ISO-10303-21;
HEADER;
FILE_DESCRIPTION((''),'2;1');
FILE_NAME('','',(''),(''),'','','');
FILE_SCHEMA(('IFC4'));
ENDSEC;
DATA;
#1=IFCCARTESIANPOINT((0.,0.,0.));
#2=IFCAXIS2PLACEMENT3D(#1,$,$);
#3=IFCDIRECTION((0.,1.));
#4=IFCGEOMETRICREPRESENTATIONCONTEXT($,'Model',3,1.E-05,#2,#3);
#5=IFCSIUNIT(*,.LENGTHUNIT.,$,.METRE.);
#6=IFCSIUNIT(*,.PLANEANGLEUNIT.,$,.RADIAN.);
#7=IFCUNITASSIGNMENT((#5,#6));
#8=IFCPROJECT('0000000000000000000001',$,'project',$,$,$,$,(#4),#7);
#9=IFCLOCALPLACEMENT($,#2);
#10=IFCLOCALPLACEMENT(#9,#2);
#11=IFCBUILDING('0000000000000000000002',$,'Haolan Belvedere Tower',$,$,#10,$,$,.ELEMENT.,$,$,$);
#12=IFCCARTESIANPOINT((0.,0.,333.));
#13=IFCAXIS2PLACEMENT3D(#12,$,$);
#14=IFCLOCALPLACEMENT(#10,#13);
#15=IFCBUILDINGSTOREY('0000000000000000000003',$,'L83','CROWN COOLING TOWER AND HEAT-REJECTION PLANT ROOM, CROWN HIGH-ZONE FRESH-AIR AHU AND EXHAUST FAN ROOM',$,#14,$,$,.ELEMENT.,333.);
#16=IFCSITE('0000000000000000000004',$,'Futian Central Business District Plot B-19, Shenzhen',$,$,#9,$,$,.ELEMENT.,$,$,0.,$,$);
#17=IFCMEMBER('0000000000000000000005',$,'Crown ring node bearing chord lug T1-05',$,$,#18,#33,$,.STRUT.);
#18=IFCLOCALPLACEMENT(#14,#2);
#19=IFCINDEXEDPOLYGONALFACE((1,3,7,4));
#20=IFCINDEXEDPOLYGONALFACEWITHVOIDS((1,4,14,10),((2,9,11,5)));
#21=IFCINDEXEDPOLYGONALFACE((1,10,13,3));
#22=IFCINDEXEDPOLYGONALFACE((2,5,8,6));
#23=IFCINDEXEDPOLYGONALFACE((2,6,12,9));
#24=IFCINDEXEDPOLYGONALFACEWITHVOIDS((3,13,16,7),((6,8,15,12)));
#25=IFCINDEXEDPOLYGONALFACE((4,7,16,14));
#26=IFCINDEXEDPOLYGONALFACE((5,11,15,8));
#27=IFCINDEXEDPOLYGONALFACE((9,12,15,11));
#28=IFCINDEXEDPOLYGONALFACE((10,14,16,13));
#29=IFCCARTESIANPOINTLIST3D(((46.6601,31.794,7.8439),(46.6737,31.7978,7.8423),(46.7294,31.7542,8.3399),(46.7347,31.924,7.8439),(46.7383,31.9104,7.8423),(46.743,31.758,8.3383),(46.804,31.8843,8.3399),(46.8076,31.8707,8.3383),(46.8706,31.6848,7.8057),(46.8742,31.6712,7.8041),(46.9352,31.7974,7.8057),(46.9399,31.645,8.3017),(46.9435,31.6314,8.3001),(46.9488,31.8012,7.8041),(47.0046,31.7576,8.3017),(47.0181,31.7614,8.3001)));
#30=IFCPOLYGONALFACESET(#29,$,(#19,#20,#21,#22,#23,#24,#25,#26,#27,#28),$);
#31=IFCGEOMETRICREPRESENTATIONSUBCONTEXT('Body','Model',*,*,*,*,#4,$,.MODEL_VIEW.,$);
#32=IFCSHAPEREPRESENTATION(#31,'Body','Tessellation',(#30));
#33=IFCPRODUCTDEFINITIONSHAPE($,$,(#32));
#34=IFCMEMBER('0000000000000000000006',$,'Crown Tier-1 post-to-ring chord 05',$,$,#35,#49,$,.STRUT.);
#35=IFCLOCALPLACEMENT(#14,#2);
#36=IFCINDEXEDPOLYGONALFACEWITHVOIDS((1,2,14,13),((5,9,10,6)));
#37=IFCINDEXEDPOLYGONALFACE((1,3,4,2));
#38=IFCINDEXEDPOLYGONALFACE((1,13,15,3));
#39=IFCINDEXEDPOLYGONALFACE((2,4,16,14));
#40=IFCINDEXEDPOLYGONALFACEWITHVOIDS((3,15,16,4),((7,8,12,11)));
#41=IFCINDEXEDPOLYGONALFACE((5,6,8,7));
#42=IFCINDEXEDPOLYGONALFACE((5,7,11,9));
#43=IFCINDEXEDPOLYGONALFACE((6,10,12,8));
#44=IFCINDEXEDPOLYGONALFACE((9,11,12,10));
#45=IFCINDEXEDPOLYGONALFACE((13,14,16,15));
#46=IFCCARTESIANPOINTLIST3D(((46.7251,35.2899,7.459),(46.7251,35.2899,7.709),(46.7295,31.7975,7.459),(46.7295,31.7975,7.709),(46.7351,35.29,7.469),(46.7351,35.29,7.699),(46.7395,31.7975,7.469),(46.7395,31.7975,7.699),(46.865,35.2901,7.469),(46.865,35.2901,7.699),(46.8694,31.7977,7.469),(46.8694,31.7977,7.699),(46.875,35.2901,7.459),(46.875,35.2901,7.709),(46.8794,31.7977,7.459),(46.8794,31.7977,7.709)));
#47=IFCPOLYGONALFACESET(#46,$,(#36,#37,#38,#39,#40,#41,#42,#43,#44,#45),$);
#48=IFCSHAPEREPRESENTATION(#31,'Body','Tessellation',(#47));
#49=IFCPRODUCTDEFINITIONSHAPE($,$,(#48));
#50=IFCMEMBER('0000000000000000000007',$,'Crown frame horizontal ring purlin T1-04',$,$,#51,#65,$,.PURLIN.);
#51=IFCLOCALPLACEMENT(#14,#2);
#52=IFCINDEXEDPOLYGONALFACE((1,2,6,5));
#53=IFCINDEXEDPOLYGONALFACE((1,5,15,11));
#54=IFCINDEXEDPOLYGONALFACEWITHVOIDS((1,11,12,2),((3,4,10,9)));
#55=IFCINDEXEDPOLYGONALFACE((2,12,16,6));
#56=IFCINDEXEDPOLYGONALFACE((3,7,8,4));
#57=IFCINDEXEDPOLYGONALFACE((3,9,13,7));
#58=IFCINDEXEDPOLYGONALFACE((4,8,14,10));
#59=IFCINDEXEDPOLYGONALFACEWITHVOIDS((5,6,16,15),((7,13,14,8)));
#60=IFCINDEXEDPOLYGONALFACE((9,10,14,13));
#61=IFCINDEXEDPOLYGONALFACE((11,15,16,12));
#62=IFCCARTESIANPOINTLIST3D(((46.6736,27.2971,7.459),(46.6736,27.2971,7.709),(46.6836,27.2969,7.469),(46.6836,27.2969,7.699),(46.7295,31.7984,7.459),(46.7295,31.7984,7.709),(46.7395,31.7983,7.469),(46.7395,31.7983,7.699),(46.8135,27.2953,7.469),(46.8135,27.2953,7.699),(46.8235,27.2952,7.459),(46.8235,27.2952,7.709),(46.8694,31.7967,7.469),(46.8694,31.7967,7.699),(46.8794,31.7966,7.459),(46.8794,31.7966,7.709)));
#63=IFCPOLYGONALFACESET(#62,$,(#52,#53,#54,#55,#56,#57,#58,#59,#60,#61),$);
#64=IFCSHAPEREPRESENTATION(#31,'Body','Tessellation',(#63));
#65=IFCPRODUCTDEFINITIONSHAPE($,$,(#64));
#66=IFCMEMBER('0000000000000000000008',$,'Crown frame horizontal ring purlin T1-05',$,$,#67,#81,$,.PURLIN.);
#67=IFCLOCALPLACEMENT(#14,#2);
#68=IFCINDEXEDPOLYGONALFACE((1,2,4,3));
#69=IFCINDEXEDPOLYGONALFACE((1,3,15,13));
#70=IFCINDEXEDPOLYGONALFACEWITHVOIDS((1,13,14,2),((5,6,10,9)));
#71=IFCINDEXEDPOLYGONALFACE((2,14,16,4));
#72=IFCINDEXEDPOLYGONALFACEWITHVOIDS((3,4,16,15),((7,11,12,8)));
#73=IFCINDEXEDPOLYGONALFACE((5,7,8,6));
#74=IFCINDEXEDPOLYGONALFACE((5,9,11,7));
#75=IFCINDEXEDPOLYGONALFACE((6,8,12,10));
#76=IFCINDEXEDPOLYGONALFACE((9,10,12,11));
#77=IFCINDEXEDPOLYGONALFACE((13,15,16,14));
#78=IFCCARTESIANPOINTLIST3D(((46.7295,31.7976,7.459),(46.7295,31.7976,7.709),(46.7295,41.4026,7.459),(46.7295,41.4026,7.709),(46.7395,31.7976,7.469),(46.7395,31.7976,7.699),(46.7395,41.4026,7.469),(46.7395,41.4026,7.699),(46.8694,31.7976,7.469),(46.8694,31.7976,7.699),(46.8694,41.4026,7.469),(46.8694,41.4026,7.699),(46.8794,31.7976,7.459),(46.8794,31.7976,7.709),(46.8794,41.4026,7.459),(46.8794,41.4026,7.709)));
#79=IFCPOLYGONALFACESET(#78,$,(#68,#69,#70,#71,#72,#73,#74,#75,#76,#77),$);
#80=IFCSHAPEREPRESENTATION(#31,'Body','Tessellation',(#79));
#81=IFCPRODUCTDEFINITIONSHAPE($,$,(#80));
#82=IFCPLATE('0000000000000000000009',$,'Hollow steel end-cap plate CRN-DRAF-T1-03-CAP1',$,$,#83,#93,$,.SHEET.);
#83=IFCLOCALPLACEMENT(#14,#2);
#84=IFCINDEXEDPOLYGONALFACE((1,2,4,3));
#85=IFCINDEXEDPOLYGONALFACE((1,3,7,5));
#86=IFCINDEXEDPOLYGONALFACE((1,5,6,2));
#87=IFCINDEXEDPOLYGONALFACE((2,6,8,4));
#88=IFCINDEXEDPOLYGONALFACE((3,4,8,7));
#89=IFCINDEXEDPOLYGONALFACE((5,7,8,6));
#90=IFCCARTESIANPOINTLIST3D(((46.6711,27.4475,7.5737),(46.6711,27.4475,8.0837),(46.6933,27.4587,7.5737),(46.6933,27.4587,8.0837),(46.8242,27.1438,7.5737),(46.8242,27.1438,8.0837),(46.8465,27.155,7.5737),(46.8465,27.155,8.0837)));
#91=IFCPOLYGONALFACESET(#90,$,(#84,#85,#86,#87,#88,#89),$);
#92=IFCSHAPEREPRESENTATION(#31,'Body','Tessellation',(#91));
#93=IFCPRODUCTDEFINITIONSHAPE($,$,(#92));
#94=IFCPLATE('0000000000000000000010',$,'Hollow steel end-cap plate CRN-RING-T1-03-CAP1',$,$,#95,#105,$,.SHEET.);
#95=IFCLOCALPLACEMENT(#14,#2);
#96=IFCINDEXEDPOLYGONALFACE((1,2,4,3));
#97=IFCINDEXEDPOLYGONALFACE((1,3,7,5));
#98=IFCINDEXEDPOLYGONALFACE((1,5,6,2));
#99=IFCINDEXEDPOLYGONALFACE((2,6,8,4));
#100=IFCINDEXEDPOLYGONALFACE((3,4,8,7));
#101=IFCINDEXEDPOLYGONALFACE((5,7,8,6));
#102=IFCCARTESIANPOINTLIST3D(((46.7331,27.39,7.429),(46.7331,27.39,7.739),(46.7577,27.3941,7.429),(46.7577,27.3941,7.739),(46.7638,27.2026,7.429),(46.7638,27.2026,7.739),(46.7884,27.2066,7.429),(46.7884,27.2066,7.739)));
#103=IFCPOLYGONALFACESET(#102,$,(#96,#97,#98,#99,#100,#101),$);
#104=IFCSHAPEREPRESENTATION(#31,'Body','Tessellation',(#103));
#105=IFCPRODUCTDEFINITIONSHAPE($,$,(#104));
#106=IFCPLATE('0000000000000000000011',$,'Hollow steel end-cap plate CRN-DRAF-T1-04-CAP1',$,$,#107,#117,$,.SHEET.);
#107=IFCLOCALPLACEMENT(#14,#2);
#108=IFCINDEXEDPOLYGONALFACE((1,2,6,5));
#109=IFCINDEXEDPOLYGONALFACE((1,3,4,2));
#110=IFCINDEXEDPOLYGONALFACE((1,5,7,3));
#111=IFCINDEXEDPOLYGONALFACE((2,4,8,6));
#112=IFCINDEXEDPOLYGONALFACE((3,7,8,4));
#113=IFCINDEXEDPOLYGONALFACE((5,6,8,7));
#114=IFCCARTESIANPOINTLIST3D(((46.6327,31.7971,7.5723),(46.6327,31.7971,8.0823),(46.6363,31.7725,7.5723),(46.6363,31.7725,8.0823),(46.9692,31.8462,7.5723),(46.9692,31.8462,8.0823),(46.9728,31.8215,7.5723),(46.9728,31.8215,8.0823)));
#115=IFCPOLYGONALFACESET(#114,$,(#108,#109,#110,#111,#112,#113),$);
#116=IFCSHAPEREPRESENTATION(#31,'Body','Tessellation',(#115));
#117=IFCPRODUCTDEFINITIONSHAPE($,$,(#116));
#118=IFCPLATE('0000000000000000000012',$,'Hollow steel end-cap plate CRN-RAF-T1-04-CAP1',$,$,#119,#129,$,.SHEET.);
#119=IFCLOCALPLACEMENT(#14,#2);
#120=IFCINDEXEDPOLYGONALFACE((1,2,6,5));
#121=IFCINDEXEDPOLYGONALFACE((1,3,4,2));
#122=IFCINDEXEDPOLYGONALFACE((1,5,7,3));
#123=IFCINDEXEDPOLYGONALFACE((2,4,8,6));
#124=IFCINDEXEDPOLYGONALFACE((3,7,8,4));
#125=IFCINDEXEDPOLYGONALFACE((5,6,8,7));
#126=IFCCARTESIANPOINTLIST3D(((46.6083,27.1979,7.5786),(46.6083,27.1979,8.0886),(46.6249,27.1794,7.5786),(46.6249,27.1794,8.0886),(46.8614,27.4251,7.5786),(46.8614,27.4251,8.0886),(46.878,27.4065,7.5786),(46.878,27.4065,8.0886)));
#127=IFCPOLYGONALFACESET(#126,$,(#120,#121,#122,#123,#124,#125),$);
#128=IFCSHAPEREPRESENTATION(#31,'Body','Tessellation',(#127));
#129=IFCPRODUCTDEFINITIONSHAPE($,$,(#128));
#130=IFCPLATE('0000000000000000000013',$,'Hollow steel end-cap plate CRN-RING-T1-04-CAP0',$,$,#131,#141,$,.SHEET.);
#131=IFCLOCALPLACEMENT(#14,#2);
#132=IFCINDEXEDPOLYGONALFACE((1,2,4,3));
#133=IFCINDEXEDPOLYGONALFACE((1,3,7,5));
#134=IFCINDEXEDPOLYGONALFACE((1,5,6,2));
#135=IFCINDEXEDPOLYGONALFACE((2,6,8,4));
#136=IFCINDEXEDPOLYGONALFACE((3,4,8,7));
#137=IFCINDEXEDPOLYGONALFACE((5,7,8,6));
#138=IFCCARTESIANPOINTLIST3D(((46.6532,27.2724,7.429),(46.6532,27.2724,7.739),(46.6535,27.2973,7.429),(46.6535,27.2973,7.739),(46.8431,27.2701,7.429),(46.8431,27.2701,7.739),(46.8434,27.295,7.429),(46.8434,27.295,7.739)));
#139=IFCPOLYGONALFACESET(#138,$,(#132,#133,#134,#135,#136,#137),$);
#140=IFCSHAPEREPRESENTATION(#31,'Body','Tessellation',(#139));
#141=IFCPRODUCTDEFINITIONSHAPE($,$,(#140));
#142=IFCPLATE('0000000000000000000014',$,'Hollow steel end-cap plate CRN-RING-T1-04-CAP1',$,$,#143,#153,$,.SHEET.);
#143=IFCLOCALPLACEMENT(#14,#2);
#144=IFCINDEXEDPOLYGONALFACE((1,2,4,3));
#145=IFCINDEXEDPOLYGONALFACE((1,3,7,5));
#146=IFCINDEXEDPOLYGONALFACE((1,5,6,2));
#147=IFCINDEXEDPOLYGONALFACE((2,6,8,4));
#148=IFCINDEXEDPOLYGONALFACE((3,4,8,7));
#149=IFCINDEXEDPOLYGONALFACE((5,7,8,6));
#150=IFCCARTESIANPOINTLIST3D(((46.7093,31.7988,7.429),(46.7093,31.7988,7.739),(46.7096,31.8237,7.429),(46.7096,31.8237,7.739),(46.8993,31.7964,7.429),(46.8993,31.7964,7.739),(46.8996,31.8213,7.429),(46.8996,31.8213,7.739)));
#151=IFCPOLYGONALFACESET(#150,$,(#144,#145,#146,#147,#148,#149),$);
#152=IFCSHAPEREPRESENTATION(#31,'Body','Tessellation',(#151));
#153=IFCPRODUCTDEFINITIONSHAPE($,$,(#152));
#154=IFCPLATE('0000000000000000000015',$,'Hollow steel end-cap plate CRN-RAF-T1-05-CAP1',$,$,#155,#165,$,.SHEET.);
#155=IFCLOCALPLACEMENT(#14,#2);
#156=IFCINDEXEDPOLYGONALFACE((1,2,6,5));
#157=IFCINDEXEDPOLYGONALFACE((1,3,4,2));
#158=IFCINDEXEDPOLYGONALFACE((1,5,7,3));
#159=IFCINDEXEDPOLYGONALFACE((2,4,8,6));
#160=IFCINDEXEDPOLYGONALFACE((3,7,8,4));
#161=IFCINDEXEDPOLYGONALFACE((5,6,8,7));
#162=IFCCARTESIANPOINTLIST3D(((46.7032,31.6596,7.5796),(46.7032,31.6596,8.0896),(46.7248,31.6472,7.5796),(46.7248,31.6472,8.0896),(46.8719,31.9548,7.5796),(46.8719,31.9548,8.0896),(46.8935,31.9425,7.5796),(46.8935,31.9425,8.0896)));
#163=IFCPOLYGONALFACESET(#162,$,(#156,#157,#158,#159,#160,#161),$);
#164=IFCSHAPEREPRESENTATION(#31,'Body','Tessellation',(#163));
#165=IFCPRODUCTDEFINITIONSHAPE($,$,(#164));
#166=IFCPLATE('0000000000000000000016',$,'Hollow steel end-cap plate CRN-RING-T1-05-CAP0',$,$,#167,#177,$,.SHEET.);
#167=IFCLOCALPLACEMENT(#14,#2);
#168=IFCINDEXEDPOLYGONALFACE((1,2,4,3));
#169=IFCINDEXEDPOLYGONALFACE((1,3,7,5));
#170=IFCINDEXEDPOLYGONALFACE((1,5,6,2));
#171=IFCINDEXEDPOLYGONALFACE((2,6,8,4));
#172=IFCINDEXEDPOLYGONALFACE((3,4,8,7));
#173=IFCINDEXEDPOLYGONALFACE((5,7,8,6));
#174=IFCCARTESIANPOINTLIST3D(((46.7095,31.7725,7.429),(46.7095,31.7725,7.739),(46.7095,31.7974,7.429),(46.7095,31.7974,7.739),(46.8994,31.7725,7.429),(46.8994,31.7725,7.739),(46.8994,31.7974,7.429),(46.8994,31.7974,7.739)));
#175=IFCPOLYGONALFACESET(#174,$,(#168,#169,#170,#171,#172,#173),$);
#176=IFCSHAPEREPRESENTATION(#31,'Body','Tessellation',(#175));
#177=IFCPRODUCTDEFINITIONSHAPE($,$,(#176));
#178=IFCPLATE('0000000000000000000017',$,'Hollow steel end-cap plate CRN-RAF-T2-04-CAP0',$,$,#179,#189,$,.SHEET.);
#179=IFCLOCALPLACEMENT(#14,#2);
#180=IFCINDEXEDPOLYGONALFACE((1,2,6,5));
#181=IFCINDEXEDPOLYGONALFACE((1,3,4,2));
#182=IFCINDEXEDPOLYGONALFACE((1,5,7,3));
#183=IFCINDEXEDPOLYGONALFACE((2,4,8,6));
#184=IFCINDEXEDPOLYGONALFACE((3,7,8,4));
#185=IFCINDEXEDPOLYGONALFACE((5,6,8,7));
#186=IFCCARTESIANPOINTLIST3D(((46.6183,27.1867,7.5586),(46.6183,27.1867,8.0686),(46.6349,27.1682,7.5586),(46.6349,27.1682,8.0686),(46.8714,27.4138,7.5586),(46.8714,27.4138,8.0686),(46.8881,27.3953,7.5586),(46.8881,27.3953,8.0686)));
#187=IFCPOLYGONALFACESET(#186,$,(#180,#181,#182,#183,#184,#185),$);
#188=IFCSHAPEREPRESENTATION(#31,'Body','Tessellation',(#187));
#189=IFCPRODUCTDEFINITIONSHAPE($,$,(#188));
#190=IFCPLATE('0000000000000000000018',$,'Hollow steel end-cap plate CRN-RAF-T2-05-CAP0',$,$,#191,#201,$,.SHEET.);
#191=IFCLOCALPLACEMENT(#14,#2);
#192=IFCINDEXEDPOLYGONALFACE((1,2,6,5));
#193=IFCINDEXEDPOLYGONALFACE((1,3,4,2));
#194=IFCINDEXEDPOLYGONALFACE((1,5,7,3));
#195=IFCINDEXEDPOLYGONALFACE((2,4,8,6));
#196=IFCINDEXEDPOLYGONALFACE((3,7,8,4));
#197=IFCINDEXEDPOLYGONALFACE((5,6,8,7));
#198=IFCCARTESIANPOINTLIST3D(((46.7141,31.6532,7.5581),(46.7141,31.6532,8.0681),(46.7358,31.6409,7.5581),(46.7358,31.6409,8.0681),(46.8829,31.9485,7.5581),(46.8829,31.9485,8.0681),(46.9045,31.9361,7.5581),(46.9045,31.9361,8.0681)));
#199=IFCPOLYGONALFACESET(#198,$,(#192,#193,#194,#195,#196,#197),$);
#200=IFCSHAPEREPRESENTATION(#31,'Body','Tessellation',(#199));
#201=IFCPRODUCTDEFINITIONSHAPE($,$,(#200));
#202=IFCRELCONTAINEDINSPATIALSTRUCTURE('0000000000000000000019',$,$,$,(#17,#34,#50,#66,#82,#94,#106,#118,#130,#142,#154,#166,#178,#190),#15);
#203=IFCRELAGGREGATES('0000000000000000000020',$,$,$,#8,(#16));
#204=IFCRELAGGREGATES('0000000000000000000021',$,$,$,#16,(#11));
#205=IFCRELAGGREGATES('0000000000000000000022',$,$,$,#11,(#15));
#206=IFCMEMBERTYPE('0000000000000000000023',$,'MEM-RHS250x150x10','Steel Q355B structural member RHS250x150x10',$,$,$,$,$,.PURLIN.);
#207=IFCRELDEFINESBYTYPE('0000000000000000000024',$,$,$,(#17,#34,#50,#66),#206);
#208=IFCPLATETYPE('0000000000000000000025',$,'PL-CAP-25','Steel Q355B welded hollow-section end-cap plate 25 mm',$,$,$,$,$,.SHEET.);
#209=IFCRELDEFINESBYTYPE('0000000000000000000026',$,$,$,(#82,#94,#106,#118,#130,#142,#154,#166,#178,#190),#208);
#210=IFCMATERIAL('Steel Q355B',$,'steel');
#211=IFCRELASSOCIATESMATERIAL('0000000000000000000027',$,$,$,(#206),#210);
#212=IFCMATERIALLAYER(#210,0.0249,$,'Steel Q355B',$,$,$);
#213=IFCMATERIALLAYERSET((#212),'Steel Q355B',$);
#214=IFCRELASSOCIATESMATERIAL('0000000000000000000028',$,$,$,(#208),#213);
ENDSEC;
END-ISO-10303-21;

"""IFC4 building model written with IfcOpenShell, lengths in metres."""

from ifc_helpers import new_model, si_unit, direction, frame, origin, origin_2d, place, context, subcontext, project, spatial, rectangle, hollow_rectangle, extrude, material, layer, layer_set, material_profile, profile_set, type_object, element, save


model = new_model("IFC4")

# Units and contexts
model_context = context("Model", 3, precision=1e-05, world=origin(), true_north=direction((0.0, 1.0)))
body_context = subcontext(model_context, "Body", "Model", "MODEL_VIEW")
ifc_project = project(units=[si_unit("LENGTHUNIT", "METRE"), si_unit("PLANEANGLEUNIT", "RADIAN")], contexts=[model_context])

# Site, building, storey
site_placement = place(None, origin())
site = spatial("IfcSite", under=ifc_project, at=site_placement, Name="Futian Central Business District Plot B-19, Shenzhen", CompositionType="ELEMENT", RefElevation=0.0)
building_placement = place(site_placement, origin())
building = spatial("IfcBuilding", under=site, at=building_placement, Name="Haolan Belvedere Tower", CompositionType="ELEMENT")
storey_placement = place(building_placement, frame((0.0, 0.0, 333.0)))
storey = spatial("IfcBuildingStorey", under=building, at=storey_placement, Name="L83", Description="CROWN COOLING TOWER AND HEAT-REJECTION PLANT ROOM, CROWN HIGH-ZONE FRESH-AIR AHU AND EXHAUST FAN ROOM", CompositionType="ELEMENT", Elevation=333.0)

# Shared definitions
ifc_material_1 = material(Name="Steel Q355B", Category="steel")

# Members
ifc_material_profile_1 = material_profile(ifc_material_1, hollow_rectangle(XDim=0.1499, YDim=0.25, WallThickness=0.01, at=origin_2d()), Name="Steel Q355B")
ifc_profile_set_1 = profile_set([ifc_material_profile_1], Name="Steel Q355B")
member_type_1 = type_object("IfcMemberType", Name="MEM-RHS250x150x10", Description="Steel Q355B structural member RHS250x150x10", PredefinedType="PURLIN", material=ifc_profile_set_1)
for number, where, z_axis, x_axis, name in (
    (1, (46.8044, 31.7976, 7.824), (0.137984, -0.079195, 0.987263), (0.497782, 0.867302, 0.0), "Crown ring node bearing chord lug T1-05"),
):
    element("IfcMember", number, at=place(storey_placement, frame(where, z_axis=z_axis, x_axis=x_axis)), inside=storey, type_object=member_type_1, Name=name, PredefinedType="STRUT", context=body_context, shape_type="SweptSolid", body=[
        extrude(hollow_rectangle(XDim=0.1499, YDim=0.25, WallThickness=0.01, at=origin_2d()), origin(), (0.0, 0.0, 1.0), 0.5024),
    ])
member_1_placement = place(storey_placement, frame((46.8, 35.29, 7.584), z_axis=(0.001258, -0.999999, 0.0), x_axis=(0.999999, 0.001258, 0.0)))
element("IfcMember", 2, at=member_1_placement, inside=storey, type_object=member_type_1, Name="Crown Tier-1 post-to-ring chord 05", PredefinedType="STRUT", context=body_context, shape_type="SweptSolid", body=[
    extrude(hollow_rectangle(XDim=0.1499, YDim=0.25, WallThickness=0.01, at=origin_2d()), origin(), (0.0, 0.0, 1.0), 3.4924),
])
member_2_placement = place(storey_placement, frame((46.7485, 27.2961, 7.584), z_axis=(0.012419, 0.999923, 0.0), x_axis=(-0.999923, 0.012419, 0.0)))
element("IfcMember", 3, at=member_2_placement, inside=storey, type_object=member_type_1, Name="Crown frame horizontal ring purlin T1-04", PredefinedType="PURLIN", context=body_context, shape_type="SweptSolid", body=[
    extrude(hollow_rectangle(XDim=0.1499, YDim=0.25, WallThickness=0.01, at=origin_2d()), origin(), (0.0, 0.0, 1.0), 4.5017),
])
member_3_placement = place(storey_placement, frame((46.8044, 31.7976, 7.584), z_axis=(0.0, 1.0, 0.0), x_axis=(-1.0, 0.0, 0.0)))
element("IfcMember", 4, at=member_3_placement, inside=storey, type_object=member_type_1, Name="Crown frame horizontal ring purlin T1-05", PredefinedType="PURLIN", context=body_context, shape_type="SweptSolid", body=[
    extrude(hollow_rectangle(XDim=0.1499, YDim=0.25, WallThickness=0.01, at=origin_2d()), origin(), (0.0, 0.0, 1.0), 9.605),
])

# Plates
ifc_layer_1 = layer(ifc_material_1, 0.0249, Name="Steel Q355B")
ifc_layer_set_1 = layer_set([ifc_layer_1], Name="Steel Q355B")
plate_type = type_object("IfcPlateType", Name="PL-CAP-25", Description="Steel Q355B welded hollow-section end-cap plate 25 mm", PredefinedType="SHEET", material=ifc_layer_set_1)
plate_1_placement = place(storey_placement, frame((46.7588, 27.3013, 7.5737), z_axis=(0.0, 0.0, 1.0), x_axis=(-0.450239, 0.892908, 0.0)))
element("IfcPlate", 5, at=plate_1_placement, inside=storey, type_object=plate_type, Name="Hollow steel end-cap plate CRN-DRAF-T1-03-CAP1", PredefinedType="SHEET", context=body_context, shape_type="SweptSolid", body=[
    extrude(rectangle(XDim=0.3401, YDim=0.0249, at=origin_2d()), origin(), (0.0, 0.0, 1.0), 0.51),
])
plate_2_placement = place(storey_placement, frame((46.7607, 27.2983, 7.429), z_axis=(0.0, 0.0, 1.0), x_axis=(-0.161828, 0.986819, 0.0)))
element("IfcPlate", 6, at=plate_2_placement, inside=storey, type_object=plate_type, Name="Hollow steel end-cap plate CRN-RING-T1-03-CAP1", PredefinedType="SHEET", context=body_context, shape_type="SweptSolid", body=[
    extrude(rectangle(XDim=0.1899, YDim=0.0249, at=origin_2d()), origin(), (0.0, 0.0, 1.0), 0.3101),
])
for number, where, z_axis, x_axis, name in (
    (7, (46.8027, 31.8093, 7.5723), (0.0, 0.0, 1.0), (-0.989531, -0.144322, 0.0), "Hollow steel end-cap plate CRN-DRAF-T1-04-CAP1"),
    (8, (46.7432, 27.3022, 7.5786), (0.0, 0.0, 1.0), (-0.744288, -0.667859, 0.0), "Hollow steel end-cap plate CRN-RAF-T1-04-CAP1"),
):
    element("IfcPlate", number, at=place(storey_placement, frame(where, z_axis=z_axis, x_axis=x_axis)), inside=storey, type_object=plate_type, Name=name, PredefinedType="SHEET", context=body_context, shape_type="SweptSolid", body=[
        extrude(rectangle(XDim=0.3401, YDim=0.0249, at=origin_2d()), origin(), (0.0, 0.0, 1.0), 0.51),
    ])
for number, where, z_axis, x_axis, name in (
    (9, (46.7483, 27.2837, 7.429), (0.0, 0.0, 1.0), (0.999923, -0.012409, 0.0), "Hollow steel end-cap plate CRN-RING-T1-04-CAP0"),
    (10, (46.8044, 31.8101, 7.429), (0.0, 0.0, 1.0), (-0.999923, 0.012409, 0.0), "Hollow steel end-cap plate CRN-RING-T1-04-CAP1"),
):
    element("IfcPlate", number, at=place(storey_placement, frame(where, z_axis=z_axis, x_axis=x_axis)), inside=storey, type_object=plate_type, Name=name, PredefinedType="SHEET", context=body_context, shape_type="SweptSolid", body=[
        extrude(rectangle(XDim=0.1899, YDim=0.0249, at=origin_2d()), origin(), (0.0, 0.0, 1.0), 0.3101),
    ])
plate_3_placement = place(storey_placement, frame((46.7983, 31.801, 7.5796), z_axis=(0.0, 0.0, 1.0), x_axis=(-0.496141, -0.868242, 0.0)))
element("IfcPlate", 11, at=plate_3_placement, inside=storey, type_object=plate_type, Name="Hollow steel end-cap plate CRN-RAF-T1-05-CAP1", PredefinedType="SHEET", context=body_context, shape_type="SweptSolid", body=[
    extrude(rectangle(XDim=0.3401, YDim=0.0249, at=origin_2d()), origin(), (0.0, 0.0, 1.0), 0.51),
])
plate_4_placement = place(storey_placement, frame((46.8044, 31.7849, 7.429), z_axis=(0.0, 0.0, 1.0), x_axis=(1.0, 0.0, 0.0)))
element("IfcPlate", 12, at=plate_4_placement, inside=storey, type_object=plate_type, Name="Hollow steel end-cap plate CRN-RING-T1-05-CAP0", PredefinedType="SHEET", context=body_context, shape_type="SweptSolid", body=[
    extrude(rectangle(XDim=0.1899, YDim=0.0249, at=origin_2d()), origin(), (0.0, 0.0, 1.0), 0.3101),
])
for number, where, z_axis, x_axis, name in (
    (13, (46.7532, 27.291, 7.5586), (0.0, 0.0, 1.0), (0.744288, 0.667859, 0.0), "Hollow steel end-cap plate CRN-RAF-T2-04-CAP0"),
    (14, (46.8093, 31.7947, 7.5581), (0.0, 0.0, 1.0), (0.496141, 0.868242, 0.0), "Hollow steel end-cap plate CRN-RAF-T2-05-CAP0"),
):
    element("IfcPlate", number, at=place(storey_placement, frame(where, z_axis=z_axis, x_axis=x_axis)), inside=storey, type_object=plate_type, Name=name, PredefinedType="SHEET", context=body_context, shape_type="SweptSolid", body=[
        extrude(rectangle(XDim=0.3401, YDim=0.0249, at=origin_2d()), origin(), (0.0, 0.0, 1.0), 0.51),
    ])

save(model, "model.ifc")
